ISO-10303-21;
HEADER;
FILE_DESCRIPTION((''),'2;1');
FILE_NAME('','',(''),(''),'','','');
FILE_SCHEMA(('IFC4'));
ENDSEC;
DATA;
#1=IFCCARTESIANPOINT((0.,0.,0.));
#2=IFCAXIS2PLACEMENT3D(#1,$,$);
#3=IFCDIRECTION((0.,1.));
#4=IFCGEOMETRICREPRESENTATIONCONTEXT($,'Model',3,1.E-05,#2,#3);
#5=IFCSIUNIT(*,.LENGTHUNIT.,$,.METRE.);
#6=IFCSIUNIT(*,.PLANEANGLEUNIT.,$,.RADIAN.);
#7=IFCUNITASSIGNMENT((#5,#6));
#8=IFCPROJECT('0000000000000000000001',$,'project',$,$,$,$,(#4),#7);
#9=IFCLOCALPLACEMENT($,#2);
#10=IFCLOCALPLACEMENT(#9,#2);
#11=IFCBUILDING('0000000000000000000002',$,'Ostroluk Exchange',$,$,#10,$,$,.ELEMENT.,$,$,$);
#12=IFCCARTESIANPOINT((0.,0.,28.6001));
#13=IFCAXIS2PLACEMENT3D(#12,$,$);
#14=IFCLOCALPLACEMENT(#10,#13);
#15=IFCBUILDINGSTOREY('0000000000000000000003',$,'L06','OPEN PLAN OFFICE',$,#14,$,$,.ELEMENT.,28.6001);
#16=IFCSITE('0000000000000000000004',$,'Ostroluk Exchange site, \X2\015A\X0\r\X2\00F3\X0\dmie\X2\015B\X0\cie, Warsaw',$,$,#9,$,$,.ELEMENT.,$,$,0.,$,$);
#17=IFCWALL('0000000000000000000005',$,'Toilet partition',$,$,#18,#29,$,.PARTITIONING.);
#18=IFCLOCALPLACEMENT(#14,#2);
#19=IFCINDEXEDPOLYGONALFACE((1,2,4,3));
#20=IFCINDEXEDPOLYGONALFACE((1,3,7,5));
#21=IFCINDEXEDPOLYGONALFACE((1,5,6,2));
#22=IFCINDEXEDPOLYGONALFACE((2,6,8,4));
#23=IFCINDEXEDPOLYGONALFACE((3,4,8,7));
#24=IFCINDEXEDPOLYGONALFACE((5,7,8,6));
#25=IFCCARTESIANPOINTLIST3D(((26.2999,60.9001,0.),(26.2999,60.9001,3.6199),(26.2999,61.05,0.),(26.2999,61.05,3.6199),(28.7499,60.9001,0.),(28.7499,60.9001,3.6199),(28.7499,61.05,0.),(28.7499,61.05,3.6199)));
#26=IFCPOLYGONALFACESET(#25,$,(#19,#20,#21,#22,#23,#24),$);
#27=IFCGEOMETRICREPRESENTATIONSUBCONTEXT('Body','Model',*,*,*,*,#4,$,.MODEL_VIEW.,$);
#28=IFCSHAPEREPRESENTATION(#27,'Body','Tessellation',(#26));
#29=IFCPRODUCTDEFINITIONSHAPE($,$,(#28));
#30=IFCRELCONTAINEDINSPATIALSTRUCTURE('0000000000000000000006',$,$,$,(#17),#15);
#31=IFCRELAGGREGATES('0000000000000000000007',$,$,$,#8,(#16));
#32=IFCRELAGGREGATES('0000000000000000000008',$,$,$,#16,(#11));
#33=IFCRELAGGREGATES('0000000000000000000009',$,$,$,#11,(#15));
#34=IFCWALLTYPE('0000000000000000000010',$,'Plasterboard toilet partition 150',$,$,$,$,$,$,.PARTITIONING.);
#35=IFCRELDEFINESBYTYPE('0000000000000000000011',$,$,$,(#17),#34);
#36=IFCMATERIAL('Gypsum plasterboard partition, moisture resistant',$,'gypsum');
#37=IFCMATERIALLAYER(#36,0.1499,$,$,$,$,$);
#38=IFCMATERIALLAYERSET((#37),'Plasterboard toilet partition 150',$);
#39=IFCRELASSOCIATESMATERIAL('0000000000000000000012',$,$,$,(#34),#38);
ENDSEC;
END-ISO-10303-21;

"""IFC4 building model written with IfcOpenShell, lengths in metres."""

from ifc_helpers import new_model, si_unit, direction, frame, frame_2d, origin, place, context, subcontext, project, spatial, rectangle, extrude, material, layer, layer_set, type_object, element, save


model = new_model("IFC4")

# Units and contexts
model_context = context("Model", 3, precision=1e-05, world=origin(), true_north=direction((0.0, 1.0)))
body_context = subcontext(model_context, "Body", "Model", "MODEL_VIEW")
ifc_project = project(units=[si_unit("LENGTHUNIT", "METRE"), si_unit("PLANEANGLEUNIT", "RADIAN")], contexts=[model_context])

# Site, building, storey
site_placement = place(None, origin())
site = spatial("IfcSite", under=ifc_project, at=site_placement, Name="Ostroluk Exchange site, Śródmieście, Warsaw", CompositionType="ELEMENT", RefElevation=0.0)
building_placement = place(site_placement, origin())
building = spatial("IfcBuilding", under=site, at=building_placement, Name="Ostroluk Exchange", CompositionType="ELEMENT")
storey_placement = place(building_placement, frame((0.0, 0.0, 28.6001)))
storey = spatial("IfcBuildingStorey", under=building, at=storey_placement, Name="L06", Description="OPEN PLAN OFFICE", CompositionType="ELEMENT", Elevation=28.6001)

# Wall
ifc_material_1 = material(Name="Gypsum plasterboard partition, moisture resistant", Category="gypsum")
ifc_layer_1 = layer(ifc_material_1, 0.1499)
ifc_layer_set_1 = layer_set([ifc_layer_1], Name="Plasterboard toilet partition 150")
wall_type_1 = type_object("IfcWallType", Name="Plasterboard toilet partition 150", PredefinedType="PARTITIONING", material=ifc_layer_set_1)
wall_1_placement = place(storey_placement, frame((28.75, 60.9751, 0.0), z_axis=(0.0, 0.0, 1.0), x_axis=(-1.0, 0.0, 0.0)))
element("IfcWall", 1, at=wall_1_placement, inside=storey, type_object=wall_type_1, Name="Toilet partition", PredefinedType="PARTITIONING", context=body_context, shape_type="SweptSolid", body=[
    extrude(rectangle(XDim=2.45, YDim=0.1499, at=frame_2d((1.2251, 0.0))), origin(), (0.0, 0.0, 1.0), 3.6199),
])

save(model, "model.ifc")
